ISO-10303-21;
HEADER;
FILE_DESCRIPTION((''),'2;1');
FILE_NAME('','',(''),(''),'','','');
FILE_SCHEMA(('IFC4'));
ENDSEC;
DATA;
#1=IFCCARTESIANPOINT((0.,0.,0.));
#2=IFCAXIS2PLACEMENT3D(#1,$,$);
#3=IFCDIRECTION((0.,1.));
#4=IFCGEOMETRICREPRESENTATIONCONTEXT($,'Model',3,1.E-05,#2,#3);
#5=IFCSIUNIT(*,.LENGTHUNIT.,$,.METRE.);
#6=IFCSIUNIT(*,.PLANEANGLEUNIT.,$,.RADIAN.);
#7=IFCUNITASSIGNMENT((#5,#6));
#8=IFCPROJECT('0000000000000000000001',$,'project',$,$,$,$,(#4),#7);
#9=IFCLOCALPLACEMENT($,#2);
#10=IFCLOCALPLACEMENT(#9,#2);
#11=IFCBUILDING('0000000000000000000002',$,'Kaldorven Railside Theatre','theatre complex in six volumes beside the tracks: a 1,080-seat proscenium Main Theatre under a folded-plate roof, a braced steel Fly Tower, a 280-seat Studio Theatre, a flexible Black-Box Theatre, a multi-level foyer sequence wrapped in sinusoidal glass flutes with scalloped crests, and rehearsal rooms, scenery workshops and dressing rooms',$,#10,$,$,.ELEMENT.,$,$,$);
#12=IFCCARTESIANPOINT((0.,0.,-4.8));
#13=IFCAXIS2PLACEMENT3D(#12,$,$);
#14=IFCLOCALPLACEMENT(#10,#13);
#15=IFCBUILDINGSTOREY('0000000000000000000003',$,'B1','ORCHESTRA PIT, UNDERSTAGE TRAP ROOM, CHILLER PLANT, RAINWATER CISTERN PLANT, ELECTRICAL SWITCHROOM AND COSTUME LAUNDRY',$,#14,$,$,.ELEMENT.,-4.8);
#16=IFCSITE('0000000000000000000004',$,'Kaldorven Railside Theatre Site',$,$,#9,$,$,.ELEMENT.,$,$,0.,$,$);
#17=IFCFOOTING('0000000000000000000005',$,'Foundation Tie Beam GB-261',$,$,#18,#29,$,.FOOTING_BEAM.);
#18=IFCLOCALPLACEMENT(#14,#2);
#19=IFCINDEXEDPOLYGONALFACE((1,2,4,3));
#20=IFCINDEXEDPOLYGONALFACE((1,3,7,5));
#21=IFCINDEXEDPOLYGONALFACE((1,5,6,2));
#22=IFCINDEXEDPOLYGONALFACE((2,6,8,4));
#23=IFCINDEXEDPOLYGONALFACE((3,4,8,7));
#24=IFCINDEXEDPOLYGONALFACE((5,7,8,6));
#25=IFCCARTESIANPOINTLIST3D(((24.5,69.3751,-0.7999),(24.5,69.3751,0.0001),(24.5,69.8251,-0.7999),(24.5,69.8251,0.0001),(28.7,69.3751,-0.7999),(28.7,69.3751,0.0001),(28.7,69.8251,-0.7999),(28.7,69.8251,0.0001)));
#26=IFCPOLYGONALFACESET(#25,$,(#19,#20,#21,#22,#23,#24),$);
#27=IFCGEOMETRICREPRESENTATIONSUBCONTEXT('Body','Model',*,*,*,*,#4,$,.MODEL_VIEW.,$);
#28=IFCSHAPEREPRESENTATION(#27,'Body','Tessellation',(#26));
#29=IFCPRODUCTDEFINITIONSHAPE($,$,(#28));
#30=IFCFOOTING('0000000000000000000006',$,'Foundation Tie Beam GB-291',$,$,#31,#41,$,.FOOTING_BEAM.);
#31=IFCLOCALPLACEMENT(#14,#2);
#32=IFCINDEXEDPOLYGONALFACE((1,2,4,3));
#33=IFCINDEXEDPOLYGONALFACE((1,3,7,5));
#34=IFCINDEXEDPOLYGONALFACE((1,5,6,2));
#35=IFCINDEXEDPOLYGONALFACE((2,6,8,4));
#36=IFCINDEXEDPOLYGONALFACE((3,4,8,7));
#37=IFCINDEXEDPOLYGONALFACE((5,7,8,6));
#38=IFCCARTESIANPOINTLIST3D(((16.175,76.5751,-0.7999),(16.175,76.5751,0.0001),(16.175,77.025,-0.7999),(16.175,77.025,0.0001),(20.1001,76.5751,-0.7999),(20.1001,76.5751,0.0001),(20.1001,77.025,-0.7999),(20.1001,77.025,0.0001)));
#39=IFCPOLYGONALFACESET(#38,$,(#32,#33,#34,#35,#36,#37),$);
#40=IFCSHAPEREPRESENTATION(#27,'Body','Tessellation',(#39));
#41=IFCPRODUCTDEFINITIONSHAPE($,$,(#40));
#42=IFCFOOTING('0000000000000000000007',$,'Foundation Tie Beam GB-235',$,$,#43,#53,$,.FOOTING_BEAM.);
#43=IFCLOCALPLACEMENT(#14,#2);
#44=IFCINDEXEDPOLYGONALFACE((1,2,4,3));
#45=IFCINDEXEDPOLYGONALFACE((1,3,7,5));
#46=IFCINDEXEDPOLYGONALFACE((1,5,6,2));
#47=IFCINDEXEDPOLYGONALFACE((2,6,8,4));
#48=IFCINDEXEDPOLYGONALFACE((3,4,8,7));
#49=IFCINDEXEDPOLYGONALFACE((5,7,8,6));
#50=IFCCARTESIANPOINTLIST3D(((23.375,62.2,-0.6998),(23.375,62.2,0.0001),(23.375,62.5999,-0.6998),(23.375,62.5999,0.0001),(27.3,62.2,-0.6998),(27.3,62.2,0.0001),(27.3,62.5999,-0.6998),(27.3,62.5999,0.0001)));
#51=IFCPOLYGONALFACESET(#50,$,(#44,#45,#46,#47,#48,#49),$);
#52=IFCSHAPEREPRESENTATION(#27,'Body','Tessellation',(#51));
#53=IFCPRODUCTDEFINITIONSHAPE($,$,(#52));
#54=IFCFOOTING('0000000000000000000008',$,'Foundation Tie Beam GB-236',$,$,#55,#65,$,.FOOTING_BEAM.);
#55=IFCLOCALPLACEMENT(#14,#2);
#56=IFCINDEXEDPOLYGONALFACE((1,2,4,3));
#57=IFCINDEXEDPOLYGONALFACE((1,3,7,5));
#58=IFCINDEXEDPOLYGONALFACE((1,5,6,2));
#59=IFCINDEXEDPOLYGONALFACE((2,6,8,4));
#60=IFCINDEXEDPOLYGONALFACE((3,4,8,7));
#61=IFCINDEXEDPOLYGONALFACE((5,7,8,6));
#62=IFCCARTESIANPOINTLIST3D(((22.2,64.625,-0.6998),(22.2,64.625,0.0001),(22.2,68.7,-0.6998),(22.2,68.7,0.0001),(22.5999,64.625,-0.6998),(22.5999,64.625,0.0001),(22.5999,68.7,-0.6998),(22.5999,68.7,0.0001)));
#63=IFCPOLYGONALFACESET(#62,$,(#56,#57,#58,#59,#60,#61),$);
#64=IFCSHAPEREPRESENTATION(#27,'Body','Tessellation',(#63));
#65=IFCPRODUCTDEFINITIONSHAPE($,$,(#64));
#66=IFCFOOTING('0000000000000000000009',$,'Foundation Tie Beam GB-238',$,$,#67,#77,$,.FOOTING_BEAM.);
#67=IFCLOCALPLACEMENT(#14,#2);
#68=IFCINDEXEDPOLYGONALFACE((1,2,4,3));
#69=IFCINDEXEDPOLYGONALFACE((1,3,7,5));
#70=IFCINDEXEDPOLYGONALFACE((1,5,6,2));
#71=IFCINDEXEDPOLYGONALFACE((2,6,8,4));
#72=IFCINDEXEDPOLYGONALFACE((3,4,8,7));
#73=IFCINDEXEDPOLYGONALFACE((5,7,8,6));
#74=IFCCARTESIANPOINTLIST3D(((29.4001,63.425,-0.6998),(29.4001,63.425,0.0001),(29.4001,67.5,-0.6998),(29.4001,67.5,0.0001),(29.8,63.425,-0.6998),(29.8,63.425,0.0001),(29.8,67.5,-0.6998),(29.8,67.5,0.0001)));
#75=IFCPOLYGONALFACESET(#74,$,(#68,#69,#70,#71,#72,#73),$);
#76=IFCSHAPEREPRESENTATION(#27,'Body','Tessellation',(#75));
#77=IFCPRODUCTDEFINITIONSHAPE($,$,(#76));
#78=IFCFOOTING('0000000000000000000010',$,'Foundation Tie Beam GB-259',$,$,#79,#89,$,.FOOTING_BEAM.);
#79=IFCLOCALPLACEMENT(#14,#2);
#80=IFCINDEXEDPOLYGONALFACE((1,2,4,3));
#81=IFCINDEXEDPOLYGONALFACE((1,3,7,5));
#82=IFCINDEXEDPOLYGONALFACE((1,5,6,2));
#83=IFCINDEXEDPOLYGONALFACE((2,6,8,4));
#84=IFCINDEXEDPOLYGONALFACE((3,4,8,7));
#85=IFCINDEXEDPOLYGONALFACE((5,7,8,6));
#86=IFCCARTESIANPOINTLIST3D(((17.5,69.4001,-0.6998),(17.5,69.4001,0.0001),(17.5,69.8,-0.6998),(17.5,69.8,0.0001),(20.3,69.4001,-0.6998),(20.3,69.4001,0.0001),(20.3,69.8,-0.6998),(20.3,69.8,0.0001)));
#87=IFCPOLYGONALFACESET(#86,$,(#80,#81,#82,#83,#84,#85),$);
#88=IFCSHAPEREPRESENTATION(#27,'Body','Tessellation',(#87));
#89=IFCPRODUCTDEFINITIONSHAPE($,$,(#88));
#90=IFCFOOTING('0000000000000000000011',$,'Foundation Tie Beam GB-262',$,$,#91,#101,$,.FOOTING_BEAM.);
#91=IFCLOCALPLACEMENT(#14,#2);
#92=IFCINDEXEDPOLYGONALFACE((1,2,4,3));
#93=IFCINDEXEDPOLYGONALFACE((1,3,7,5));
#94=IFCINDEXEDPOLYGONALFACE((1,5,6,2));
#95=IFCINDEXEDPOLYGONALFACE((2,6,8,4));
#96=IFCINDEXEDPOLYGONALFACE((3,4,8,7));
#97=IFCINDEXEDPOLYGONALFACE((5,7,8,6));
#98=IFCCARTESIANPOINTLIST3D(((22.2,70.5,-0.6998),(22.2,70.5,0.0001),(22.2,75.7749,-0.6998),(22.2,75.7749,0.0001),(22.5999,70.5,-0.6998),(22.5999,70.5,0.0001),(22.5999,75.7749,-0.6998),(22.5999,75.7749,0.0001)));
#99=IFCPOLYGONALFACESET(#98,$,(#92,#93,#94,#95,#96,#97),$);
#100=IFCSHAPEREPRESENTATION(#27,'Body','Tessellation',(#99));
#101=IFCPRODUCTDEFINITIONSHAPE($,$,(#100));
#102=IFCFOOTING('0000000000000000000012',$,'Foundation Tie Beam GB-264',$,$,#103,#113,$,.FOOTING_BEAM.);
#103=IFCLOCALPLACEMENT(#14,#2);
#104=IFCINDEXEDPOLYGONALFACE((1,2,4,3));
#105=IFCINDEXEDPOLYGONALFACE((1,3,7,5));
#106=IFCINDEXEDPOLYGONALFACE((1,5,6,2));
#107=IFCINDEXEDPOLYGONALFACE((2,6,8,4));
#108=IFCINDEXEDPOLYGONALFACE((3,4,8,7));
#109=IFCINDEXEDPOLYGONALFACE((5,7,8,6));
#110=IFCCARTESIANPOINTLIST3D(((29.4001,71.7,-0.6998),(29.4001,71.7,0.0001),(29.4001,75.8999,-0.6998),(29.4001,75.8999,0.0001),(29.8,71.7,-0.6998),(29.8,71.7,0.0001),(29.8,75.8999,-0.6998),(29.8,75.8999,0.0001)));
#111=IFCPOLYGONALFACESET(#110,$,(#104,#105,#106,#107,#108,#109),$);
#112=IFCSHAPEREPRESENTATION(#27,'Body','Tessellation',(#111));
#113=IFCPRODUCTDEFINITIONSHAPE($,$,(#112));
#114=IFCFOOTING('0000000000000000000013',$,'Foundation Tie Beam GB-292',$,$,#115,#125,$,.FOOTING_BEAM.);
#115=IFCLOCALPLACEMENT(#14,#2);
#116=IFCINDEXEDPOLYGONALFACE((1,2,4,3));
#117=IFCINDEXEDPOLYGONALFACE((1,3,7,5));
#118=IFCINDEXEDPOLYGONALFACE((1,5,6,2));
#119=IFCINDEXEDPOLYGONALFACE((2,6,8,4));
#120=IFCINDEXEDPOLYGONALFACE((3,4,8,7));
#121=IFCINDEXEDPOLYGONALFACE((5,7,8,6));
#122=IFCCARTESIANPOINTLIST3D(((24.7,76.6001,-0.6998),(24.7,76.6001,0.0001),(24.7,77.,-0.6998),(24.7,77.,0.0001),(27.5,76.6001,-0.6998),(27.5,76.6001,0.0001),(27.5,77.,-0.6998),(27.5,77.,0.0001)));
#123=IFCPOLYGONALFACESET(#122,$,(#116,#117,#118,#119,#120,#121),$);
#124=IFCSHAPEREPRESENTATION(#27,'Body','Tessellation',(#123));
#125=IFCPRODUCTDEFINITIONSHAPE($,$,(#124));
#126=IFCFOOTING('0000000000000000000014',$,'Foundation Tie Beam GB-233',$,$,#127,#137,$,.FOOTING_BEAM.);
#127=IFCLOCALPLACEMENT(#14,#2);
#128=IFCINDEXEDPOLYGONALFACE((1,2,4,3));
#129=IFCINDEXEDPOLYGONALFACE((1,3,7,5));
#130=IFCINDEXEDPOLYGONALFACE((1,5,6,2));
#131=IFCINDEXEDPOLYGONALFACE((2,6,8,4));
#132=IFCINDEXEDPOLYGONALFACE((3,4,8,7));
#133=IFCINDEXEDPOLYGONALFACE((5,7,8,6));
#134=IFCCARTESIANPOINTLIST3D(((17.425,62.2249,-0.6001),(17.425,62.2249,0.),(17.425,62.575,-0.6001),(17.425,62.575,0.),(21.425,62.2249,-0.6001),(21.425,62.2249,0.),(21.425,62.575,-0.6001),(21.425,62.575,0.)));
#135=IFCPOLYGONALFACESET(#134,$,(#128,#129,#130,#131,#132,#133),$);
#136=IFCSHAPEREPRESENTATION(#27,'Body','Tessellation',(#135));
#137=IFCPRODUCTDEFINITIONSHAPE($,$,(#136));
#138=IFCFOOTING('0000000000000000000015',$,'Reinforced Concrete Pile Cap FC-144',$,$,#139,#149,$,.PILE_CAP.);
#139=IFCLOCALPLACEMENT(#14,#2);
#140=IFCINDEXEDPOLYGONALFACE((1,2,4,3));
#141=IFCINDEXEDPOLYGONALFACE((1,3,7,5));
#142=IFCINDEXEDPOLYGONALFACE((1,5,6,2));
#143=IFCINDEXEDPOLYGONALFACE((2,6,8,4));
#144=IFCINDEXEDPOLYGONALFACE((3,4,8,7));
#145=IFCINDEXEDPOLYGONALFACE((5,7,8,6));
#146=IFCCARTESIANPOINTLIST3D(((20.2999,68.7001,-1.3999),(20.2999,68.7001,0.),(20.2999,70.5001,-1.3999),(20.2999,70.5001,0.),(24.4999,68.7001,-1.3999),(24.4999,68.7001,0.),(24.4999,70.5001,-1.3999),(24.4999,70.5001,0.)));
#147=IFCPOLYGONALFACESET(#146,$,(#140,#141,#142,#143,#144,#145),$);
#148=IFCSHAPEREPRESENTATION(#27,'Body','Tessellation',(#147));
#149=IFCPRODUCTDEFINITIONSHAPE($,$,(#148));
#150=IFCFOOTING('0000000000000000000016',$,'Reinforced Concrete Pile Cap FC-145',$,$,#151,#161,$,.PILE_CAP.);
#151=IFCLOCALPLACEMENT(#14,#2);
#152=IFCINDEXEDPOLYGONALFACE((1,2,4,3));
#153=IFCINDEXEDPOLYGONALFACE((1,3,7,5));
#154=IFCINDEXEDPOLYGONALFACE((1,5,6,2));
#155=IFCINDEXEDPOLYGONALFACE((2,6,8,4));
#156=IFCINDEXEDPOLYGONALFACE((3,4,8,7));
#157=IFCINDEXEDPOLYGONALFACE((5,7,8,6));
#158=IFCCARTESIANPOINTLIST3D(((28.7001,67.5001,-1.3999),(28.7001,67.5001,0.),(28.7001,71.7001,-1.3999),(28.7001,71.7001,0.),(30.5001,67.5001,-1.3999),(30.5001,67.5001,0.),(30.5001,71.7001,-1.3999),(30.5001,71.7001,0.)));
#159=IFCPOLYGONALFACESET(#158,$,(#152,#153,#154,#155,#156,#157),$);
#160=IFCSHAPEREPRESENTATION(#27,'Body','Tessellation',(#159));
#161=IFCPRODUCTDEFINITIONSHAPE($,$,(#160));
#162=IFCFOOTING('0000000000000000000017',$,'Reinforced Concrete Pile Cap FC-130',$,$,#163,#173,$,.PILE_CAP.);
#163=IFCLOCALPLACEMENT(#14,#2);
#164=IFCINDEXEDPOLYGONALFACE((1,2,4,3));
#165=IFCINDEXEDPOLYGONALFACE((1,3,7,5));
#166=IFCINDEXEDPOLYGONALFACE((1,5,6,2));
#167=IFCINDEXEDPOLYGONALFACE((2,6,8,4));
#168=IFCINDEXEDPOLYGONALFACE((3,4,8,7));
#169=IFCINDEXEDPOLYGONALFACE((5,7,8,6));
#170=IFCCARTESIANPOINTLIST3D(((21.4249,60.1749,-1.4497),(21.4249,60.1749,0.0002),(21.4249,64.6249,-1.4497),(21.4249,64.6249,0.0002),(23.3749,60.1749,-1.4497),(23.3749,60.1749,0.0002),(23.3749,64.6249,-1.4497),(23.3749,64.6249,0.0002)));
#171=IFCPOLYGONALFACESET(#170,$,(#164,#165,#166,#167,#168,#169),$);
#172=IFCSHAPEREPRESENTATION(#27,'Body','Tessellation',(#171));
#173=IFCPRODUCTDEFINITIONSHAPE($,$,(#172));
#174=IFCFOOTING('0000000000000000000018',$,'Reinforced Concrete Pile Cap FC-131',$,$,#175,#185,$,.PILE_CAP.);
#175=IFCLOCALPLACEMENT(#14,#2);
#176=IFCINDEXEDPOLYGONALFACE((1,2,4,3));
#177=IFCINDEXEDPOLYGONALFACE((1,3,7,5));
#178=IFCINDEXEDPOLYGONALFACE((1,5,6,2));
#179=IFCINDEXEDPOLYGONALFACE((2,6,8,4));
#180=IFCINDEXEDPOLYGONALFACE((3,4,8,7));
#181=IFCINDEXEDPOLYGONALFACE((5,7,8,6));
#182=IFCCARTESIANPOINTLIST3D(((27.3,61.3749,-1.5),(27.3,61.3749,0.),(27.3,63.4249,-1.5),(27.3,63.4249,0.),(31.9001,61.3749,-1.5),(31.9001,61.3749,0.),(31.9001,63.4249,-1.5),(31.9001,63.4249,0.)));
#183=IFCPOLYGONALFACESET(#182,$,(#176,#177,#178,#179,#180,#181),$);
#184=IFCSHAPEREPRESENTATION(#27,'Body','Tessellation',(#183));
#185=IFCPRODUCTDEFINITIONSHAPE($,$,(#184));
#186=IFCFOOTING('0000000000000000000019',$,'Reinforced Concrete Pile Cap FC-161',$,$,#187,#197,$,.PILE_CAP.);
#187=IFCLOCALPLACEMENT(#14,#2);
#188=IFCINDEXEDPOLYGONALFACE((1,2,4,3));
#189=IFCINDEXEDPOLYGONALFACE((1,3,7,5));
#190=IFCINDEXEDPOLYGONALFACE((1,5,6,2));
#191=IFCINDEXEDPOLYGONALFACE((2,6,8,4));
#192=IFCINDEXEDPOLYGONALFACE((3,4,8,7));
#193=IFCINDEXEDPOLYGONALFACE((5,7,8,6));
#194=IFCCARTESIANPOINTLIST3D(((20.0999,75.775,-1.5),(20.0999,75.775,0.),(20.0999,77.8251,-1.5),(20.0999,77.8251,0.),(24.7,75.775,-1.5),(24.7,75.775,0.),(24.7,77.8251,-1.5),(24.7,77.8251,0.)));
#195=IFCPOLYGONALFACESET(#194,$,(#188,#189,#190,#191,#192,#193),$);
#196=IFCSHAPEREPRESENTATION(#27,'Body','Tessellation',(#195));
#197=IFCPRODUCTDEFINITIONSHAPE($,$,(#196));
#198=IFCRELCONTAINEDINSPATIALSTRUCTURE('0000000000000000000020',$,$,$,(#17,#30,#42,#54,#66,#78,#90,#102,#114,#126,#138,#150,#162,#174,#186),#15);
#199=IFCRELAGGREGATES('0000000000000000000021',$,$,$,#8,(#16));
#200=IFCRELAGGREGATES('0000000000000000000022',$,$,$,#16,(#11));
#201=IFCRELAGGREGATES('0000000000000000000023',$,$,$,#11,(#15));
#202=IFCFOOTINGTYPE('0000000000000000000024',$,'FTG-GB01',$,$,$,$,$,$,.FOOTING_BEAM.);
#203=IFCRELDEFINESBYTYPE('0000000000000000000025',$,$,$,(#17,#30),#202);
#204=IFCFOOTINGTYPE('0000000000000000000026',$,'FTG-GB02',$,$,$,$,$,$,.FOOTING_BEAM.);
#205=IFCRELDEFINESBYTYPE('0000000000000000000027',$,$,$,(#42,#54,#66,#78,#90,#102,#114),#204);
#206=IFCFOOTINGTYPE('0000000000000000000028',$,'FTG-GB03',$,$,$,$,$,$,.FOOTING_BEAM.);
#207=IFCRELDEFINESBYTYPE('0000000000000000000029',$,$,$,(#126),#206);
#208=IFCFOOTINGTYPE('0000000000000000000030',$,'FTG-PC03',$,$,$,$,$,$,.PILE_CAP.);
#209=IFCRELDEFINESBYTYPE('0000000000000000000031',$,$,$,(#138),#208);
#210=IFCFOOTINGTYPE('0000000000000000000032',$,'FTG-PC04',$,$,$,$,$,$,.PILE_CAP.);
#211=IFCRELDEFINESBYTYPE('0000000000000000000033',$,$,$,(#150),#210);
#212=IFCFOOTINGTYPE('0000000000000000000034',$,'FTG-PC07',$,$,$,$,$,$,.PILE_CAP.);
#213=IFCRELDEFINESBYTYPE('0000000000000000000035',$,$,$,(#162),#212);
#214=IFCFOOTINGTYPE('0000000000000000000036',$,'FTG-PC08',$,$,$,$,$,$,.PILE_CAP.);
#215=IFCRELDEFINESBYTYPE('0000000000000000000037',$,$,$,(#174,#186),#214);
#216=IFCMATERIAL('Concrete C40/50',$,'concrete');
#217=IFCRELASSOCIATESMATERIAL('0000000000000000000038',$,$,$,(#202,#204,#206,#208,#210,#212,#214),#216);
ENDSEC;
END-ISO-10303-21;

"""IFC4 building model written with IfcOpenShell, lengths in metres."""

from ifc_helpers import new_model, si_unit, direction, frame, origin, origin_2d, place, context, subcontext, project, spatial, rectangle, extrude, material, material_profile, profile_set, type_object, element, save


model = new_model("IFC4")

# Units and contexts
model_context = context("Model", 3, precision=1e-05, world=origin(), true_north=direction((0.0, 1.0)))
body_context = subcontext(model_context, "Body", "Model", "MODEL_VIEW")
ifc_project = project(units=[si_unit("LENGTHUNIT", "METRE"), si_unit("PLANEANGLEUNIT", "RADIAN")], contexts=[model_context])

# Site, building, storey
site_placement = place(None, origin())
site = spatial("IfcSite", under=ifc_project, at=site_placement, Name="Kaldorven Railside Theatre Site", CompositionType="ELEMENT", RefElevation=0.0)
building_placement = place(site_placement, origin())
building = spatial("IfcBuilding", under=site, at=building_placement, Name="Kaldorven Railside Theatre", Description="theatre complex in six volumes beside the tracks: a 1,080-seat proscenium Main Theatre under a folded-plate roof, a braced steel Fly Tower, a 280-seat Studio Theatre, a flexible Black-Box Theatre, a multi-level foyer sequence wrapped in sinusoidal glass flutes with scalloped crests, and rehearsal rooms, scenery workshops and dressing rooms", CompositionType="ELEMENT")
storey_placement = place(building_placement, frame((0.0, 0.0, -4.8)))
storey = spatial("IfcBuildingStorey", under=building, at=storey_placement, Name="B1", Description="ORCHESTRA PIT, UNDERSTAGE TRAP ROOM, CHILLER PLANT, RAINWATER CISTERN PLANT, ELECTRICAL SWITCHROOM AND COSTUME LAUNDRY", CompositionType="ELEMENT", Elevation=-4.8)

# Footings
ifc_material_1 = material(Name="Concrete C40/50", Category="concrete")
ifc_material_profile_1 = material_profile(ifc_material_1, rectangle(XDim=0.45, YDim=0.8, at=origin_2d()), Name="RC 450x800")
ifc_profile_set_1 = profile_set([ifc_material_profile_1], Name="Concrete C40/50")
footing_type_1 = type_object("IfcFootingType", Name="FTG-GB01", PredefinedType="FOOTING_BEAM", material=ifc_profile_set_1)
footing_1_placement = place(storey_placement, frame((24.5, 69.6001, -0.3999), z_axis=(1.0, 0.0, 0.0), x_axis=(0.0, 1.0, 0.0)))
element("IfcFooting", 1, at=footing_1_placement, inside=storey, type_object=footing_type_1, Name="Foundation Tie Beam GB-261", PredefinedType="FOOTING_BEAM", context=body_context, shape_type="SweptSolid", body=[
    extrude(rectangle(XDim=0.45, YDim=0.8, at=origin_2d()), origin(), (0.0, 0.0, 1.0), 4.2),
])
footing_2_placement = place(storey_placement, frame((16.175, 76.8, -0.3999), z_axis=(1.0, 0.0, 0.0), x_axis=(0.0, 1.0, 0.0)))
element("IfcFooting", 2, at=footing_2_placement, inside=storey, type_object=footing_type_1, Name="Foundation Tie Beam GB-291", PredefinedType="FOOTING_BEAM", context=body_context, shape_type="SweptSolid", body=[
    extrude(rectangle(XDim=0.45, YDim=0.8, at=origin_2d()), origin(), (0.0, 0.0, 1.0), 3.925),
])
ifc_material_profile_2 = material_profile(ifc_material_1, rectangle(XDim=0.3999, YDim=0.7, at=origin_2d()), Name="RC 400x700")
ifc_profile_set_2 = profile_set([ifc_material_profile_2], Name="Concrete C40/50")
footing_type_2 = type_object("IfcFootingType", Name="FTG-GB02", PredefinedType="FOOTING_BEAM", material=ifc_profile_set_2)
footing_3_placement = place(storey_placement, frame((23.375, 62.3999, -0.3499), z_axis=(1.0, 0.0, 0.0), x_axis=(0.0, 1.0, 0.0)))
element("IfcFooting", 3, at=footing_3_placement, inside=storey, type_object=footing_type_2, Name="Foundation Tie Beam GB-235", PredefinedType="FOOTING_BEAM", context=body_context, shape_type="SweptSolid", body=[
    extrude(rectangle(XDim=0.3999, YDim=0.7, at=origin_2d()), origin(), (0.0, 0.0, 1.0), 3.925),
])
for number, where, z_axis, x_axis, name in (
    (4, (22.3999, 64.625, -0.3499), (0.0, 1.0, 0.0), (-1.0, 0.0, 0.0), "Foundation Tie Beam GB-236"),
    (5, (29.6001, 63.425, -0.3499), (0.0, 1.0, 0.0), (-1.0, 0.0, 0.0), "Foundation Tie Beam GB-238"),
):
    element("IfcFooting", number, at=place(storey_placement, frame(where, z_axis=z_axis, x_axis=x_axis)), inside=storey, type_object=footing_type_2, Name=name, PredefinedType="FOOTING_BEAM", context=body_context, shape_type="SweptSolid", body=[
        extrude(rectangle(XDim=0.3999, YDim=0.7, at=origin_2d()), origin(), (0.0, 0.0, 1.0), 4.075),
    ])
footing_4_placement = place(storey_placement, frame((17.5, 69.6001, -0.3499), z_axis=(1.0, 0.0, 0.0), x_axis=(0.0, 1.0, 0.0)))
element("IfcFooting", 6, at=footing_4_placement, inside=storey, type_object=footing_type_2, Name="Foundation Tie Beam GB-259", PredefinedType="FOOTING_BEAM", context=body_context, shape_type="SweptSolid", body=[
    extrude(rectangle(XDim=0.3999, YDim=0.7, at=origin_2d()), origin(), (0.0, 0.0, 1.0), 2.8),
])
footing_5_placement = place(storey_placement, frame((22.3999, 70.5, -0.3499), z_axis=(0.0, 1.0, 0.0), x_axis=(-1.0, 0.0, 0.0)))
element("IfcFooting", 7, at=footing_5_placement, inside=storey, type_object=footing_type_2, Name="Foundation Tie Beam GB-262", PredefinedType="FOOTING_BEAM", context=body_context, shape_type="SweptSolid", body=[
    extrude(rectangle(XDim=0.3999, YDim=0.7, at=origin_2d()), origin(), (0.0, 0.0, 1.0), 5.2749),
])
footing_6_placement = place(storey_placement, frame((29.6001, 71.7, -0.3499), z_axis=(0.0, 1.0, 0.0), x_axis=(-1.0, 0.0, 0.0)))
element("IfcFooting", 8, at=footing_6_placement, inside=storey, type_object=footing_type_2, Name="Foundation Tie Beam GB-264", PredefinedType="FOOTING_BEAM", context=body_context, shape_type="SweptSolid", body=[
    extrude(rectangle(XDim=0.3999, YDim=0.7, at=origin_2d()), origin(), (0.0, 0.0, 1.0), 4.2),
])
footing_7_placement = place(storey_placement, frame((24.7, 76.8, -0.3499), z_axis=(1.0, 0.0, 0.0), x_axis=(0.0, 1.0, 0.0)))
element("IfcFooting", 9, at=footing_7_placement, inside=storey, type_object=footing_type_2, Name="Foundation Tie Beam GB-292", PredefinedType="FOOTING_BEAM", context=body_context, shape_type="SweptSolid", body=[
    extrude(rectangle(XDim=0.3999, YDim=0.7, at=origin_2d()), origin(), (0.0, 0.0, 1.0), 2.8),
])
ifc_material_profile_3 = material_profile(ifc_material_1, rectangle(XDim=0.3501, YDim=0.6001, at=origin_2d()), Name="RC 350x600")
ifc_profile_set_3 = profile_set([ifc_material_profile_3], Name="Concrete C40/50")
footing_type_3 = type_object("IfcFootingType", Name="FTG-GB03", PredefinedType="FOOTING_BEAM", material=ifc_profile_set_3)
footing_8_placement = place(storey_placement, frame((17.425, 62.3999, -0.3), z_axis=(1.0, 0.0, 0.0), x_axis=(0.0, 1.0, 0.0)))
element("IfcFooting", 10, at=footing_8_placement, inside=storey, type_object=footing_type_3, Name="Foundation Tie Beam GB-233", PredefinedType="FOOTING_BEAM", context=body_context, shape_type="SweptSolid", body=[
    extrude(rectangle(XDim=0.3501, YDim=0.6001, at=origin_2d()), origin(), (0.0, 0.0, 1.0), 4.0),
])
footing_type_4 = type_object("IfcFootingType", Name="FTG-PC03", PredefinedType="PILE_CAP", material=ifc_material_1)
footing_9_placement = place(storey_placement, frame((22.3999, 69.6001, -1.3999), z_axis=(0.0, 0.0, 1.0), x_axis=(1.0, 0.0, 0.0)))
element("IfcFooting", 11, at=footing_9_placement, inside=storey, type_object=footing_type_4, Name="Reinforced Concrete Pile Cap FC-144", PredefinedType="PILE_CAP", context=body_context, shape_type="SweptSolid", body=[
    extrude(rectangle(XDim=4.2, YDim=1.8, at=origin_2d()), origin(), (0.0, 0.0, 1.0), 1.3999),
])
footing_type_5 = type_object("IfcFootingType", Name="FTG-PC04", PredefinedType="PILE_CAP", material=ifc_material_1)
footing_10_placement = place(storey_placement, frame((29.6001, 69.6001, -1.3999), z_axis=(0.0, 0.0, 1.0), x_axis=(1.0, 0.0, 0.0)))
element("IfcFooting", 12, at=footing_10_placement, inside=storey, type_object=footing_type_5, Name="Reinforced Concrete Pile Cap FC-145", PredefinedType="PILE_CAP", context=body_context, shape_type="SweptSolid", body=[
    extrude(rectangle(XDim=1.8, YDim=4.2, at=origin_2d()), origin(), (0.0, 0.0, 1.0), 1.3999),
])
footing_type_6 = type_object("IfcFootingType", Name="FTG-PC07", PredefinedType="PILE_CAP", material=ifc_material_1)
footing_11_placement = place(storey_placement, frame((22.3999, 62.3999, -1.4497), z_axis=(0.0, 0.0, 1.0), x_axis=(1.0, 0.0, 0.0)))
element("IfcFooting", 13, at=footing_11_placement, inside=storey, type_object=footing_type_6, Name="Reinforced Concrete Pile Cap FC-130", PredefinedType="PILE_CAP", context=body_context, shape_type="SweptSolid", body=[
    extrude(rectangle(XDim=1.95, YDim=4.45, at=origin_2d()), origin(), (0.0, 0.0, 1.0), 1.45),
])
footing_type_7 = type_object("IfcFootingType", Name="FTG-PC08", PredefinedType="PILE_CAP", material=ifc_material_1)
for number, where, z_axis, x_axis, name in (
    (14, (29.6001, 62.3999, -1.5), (0.0, 0.0, 1.0), (1.0, 0.0, 0.0), "Reinforced Concrete Pile Cap FC-131"),
    (15, (22.3999, 76.8, -1.5), (0.0, 0.0, 1.0), (1.0, 0.0, 0.0), "Reinforced Concrete Pile Cap FC-161"),
):
    element("IfcFooting", number, at=place(storey_placement, frame(where, z_axis=z_axis, x_axis=x_axis)), inside=storey, type_object=footing_type_7, Name=name, PredefinedType="PILE_CAP", context=body_context, shape_type="SweptSolid", body=[
        extrude(rectangle(XDim=4.6001, YDim=2.05, at=origin_2d()), origin(), (0.0, 0.0, 1.0), 1.5),
    ])

save(model, "model.ifc")
